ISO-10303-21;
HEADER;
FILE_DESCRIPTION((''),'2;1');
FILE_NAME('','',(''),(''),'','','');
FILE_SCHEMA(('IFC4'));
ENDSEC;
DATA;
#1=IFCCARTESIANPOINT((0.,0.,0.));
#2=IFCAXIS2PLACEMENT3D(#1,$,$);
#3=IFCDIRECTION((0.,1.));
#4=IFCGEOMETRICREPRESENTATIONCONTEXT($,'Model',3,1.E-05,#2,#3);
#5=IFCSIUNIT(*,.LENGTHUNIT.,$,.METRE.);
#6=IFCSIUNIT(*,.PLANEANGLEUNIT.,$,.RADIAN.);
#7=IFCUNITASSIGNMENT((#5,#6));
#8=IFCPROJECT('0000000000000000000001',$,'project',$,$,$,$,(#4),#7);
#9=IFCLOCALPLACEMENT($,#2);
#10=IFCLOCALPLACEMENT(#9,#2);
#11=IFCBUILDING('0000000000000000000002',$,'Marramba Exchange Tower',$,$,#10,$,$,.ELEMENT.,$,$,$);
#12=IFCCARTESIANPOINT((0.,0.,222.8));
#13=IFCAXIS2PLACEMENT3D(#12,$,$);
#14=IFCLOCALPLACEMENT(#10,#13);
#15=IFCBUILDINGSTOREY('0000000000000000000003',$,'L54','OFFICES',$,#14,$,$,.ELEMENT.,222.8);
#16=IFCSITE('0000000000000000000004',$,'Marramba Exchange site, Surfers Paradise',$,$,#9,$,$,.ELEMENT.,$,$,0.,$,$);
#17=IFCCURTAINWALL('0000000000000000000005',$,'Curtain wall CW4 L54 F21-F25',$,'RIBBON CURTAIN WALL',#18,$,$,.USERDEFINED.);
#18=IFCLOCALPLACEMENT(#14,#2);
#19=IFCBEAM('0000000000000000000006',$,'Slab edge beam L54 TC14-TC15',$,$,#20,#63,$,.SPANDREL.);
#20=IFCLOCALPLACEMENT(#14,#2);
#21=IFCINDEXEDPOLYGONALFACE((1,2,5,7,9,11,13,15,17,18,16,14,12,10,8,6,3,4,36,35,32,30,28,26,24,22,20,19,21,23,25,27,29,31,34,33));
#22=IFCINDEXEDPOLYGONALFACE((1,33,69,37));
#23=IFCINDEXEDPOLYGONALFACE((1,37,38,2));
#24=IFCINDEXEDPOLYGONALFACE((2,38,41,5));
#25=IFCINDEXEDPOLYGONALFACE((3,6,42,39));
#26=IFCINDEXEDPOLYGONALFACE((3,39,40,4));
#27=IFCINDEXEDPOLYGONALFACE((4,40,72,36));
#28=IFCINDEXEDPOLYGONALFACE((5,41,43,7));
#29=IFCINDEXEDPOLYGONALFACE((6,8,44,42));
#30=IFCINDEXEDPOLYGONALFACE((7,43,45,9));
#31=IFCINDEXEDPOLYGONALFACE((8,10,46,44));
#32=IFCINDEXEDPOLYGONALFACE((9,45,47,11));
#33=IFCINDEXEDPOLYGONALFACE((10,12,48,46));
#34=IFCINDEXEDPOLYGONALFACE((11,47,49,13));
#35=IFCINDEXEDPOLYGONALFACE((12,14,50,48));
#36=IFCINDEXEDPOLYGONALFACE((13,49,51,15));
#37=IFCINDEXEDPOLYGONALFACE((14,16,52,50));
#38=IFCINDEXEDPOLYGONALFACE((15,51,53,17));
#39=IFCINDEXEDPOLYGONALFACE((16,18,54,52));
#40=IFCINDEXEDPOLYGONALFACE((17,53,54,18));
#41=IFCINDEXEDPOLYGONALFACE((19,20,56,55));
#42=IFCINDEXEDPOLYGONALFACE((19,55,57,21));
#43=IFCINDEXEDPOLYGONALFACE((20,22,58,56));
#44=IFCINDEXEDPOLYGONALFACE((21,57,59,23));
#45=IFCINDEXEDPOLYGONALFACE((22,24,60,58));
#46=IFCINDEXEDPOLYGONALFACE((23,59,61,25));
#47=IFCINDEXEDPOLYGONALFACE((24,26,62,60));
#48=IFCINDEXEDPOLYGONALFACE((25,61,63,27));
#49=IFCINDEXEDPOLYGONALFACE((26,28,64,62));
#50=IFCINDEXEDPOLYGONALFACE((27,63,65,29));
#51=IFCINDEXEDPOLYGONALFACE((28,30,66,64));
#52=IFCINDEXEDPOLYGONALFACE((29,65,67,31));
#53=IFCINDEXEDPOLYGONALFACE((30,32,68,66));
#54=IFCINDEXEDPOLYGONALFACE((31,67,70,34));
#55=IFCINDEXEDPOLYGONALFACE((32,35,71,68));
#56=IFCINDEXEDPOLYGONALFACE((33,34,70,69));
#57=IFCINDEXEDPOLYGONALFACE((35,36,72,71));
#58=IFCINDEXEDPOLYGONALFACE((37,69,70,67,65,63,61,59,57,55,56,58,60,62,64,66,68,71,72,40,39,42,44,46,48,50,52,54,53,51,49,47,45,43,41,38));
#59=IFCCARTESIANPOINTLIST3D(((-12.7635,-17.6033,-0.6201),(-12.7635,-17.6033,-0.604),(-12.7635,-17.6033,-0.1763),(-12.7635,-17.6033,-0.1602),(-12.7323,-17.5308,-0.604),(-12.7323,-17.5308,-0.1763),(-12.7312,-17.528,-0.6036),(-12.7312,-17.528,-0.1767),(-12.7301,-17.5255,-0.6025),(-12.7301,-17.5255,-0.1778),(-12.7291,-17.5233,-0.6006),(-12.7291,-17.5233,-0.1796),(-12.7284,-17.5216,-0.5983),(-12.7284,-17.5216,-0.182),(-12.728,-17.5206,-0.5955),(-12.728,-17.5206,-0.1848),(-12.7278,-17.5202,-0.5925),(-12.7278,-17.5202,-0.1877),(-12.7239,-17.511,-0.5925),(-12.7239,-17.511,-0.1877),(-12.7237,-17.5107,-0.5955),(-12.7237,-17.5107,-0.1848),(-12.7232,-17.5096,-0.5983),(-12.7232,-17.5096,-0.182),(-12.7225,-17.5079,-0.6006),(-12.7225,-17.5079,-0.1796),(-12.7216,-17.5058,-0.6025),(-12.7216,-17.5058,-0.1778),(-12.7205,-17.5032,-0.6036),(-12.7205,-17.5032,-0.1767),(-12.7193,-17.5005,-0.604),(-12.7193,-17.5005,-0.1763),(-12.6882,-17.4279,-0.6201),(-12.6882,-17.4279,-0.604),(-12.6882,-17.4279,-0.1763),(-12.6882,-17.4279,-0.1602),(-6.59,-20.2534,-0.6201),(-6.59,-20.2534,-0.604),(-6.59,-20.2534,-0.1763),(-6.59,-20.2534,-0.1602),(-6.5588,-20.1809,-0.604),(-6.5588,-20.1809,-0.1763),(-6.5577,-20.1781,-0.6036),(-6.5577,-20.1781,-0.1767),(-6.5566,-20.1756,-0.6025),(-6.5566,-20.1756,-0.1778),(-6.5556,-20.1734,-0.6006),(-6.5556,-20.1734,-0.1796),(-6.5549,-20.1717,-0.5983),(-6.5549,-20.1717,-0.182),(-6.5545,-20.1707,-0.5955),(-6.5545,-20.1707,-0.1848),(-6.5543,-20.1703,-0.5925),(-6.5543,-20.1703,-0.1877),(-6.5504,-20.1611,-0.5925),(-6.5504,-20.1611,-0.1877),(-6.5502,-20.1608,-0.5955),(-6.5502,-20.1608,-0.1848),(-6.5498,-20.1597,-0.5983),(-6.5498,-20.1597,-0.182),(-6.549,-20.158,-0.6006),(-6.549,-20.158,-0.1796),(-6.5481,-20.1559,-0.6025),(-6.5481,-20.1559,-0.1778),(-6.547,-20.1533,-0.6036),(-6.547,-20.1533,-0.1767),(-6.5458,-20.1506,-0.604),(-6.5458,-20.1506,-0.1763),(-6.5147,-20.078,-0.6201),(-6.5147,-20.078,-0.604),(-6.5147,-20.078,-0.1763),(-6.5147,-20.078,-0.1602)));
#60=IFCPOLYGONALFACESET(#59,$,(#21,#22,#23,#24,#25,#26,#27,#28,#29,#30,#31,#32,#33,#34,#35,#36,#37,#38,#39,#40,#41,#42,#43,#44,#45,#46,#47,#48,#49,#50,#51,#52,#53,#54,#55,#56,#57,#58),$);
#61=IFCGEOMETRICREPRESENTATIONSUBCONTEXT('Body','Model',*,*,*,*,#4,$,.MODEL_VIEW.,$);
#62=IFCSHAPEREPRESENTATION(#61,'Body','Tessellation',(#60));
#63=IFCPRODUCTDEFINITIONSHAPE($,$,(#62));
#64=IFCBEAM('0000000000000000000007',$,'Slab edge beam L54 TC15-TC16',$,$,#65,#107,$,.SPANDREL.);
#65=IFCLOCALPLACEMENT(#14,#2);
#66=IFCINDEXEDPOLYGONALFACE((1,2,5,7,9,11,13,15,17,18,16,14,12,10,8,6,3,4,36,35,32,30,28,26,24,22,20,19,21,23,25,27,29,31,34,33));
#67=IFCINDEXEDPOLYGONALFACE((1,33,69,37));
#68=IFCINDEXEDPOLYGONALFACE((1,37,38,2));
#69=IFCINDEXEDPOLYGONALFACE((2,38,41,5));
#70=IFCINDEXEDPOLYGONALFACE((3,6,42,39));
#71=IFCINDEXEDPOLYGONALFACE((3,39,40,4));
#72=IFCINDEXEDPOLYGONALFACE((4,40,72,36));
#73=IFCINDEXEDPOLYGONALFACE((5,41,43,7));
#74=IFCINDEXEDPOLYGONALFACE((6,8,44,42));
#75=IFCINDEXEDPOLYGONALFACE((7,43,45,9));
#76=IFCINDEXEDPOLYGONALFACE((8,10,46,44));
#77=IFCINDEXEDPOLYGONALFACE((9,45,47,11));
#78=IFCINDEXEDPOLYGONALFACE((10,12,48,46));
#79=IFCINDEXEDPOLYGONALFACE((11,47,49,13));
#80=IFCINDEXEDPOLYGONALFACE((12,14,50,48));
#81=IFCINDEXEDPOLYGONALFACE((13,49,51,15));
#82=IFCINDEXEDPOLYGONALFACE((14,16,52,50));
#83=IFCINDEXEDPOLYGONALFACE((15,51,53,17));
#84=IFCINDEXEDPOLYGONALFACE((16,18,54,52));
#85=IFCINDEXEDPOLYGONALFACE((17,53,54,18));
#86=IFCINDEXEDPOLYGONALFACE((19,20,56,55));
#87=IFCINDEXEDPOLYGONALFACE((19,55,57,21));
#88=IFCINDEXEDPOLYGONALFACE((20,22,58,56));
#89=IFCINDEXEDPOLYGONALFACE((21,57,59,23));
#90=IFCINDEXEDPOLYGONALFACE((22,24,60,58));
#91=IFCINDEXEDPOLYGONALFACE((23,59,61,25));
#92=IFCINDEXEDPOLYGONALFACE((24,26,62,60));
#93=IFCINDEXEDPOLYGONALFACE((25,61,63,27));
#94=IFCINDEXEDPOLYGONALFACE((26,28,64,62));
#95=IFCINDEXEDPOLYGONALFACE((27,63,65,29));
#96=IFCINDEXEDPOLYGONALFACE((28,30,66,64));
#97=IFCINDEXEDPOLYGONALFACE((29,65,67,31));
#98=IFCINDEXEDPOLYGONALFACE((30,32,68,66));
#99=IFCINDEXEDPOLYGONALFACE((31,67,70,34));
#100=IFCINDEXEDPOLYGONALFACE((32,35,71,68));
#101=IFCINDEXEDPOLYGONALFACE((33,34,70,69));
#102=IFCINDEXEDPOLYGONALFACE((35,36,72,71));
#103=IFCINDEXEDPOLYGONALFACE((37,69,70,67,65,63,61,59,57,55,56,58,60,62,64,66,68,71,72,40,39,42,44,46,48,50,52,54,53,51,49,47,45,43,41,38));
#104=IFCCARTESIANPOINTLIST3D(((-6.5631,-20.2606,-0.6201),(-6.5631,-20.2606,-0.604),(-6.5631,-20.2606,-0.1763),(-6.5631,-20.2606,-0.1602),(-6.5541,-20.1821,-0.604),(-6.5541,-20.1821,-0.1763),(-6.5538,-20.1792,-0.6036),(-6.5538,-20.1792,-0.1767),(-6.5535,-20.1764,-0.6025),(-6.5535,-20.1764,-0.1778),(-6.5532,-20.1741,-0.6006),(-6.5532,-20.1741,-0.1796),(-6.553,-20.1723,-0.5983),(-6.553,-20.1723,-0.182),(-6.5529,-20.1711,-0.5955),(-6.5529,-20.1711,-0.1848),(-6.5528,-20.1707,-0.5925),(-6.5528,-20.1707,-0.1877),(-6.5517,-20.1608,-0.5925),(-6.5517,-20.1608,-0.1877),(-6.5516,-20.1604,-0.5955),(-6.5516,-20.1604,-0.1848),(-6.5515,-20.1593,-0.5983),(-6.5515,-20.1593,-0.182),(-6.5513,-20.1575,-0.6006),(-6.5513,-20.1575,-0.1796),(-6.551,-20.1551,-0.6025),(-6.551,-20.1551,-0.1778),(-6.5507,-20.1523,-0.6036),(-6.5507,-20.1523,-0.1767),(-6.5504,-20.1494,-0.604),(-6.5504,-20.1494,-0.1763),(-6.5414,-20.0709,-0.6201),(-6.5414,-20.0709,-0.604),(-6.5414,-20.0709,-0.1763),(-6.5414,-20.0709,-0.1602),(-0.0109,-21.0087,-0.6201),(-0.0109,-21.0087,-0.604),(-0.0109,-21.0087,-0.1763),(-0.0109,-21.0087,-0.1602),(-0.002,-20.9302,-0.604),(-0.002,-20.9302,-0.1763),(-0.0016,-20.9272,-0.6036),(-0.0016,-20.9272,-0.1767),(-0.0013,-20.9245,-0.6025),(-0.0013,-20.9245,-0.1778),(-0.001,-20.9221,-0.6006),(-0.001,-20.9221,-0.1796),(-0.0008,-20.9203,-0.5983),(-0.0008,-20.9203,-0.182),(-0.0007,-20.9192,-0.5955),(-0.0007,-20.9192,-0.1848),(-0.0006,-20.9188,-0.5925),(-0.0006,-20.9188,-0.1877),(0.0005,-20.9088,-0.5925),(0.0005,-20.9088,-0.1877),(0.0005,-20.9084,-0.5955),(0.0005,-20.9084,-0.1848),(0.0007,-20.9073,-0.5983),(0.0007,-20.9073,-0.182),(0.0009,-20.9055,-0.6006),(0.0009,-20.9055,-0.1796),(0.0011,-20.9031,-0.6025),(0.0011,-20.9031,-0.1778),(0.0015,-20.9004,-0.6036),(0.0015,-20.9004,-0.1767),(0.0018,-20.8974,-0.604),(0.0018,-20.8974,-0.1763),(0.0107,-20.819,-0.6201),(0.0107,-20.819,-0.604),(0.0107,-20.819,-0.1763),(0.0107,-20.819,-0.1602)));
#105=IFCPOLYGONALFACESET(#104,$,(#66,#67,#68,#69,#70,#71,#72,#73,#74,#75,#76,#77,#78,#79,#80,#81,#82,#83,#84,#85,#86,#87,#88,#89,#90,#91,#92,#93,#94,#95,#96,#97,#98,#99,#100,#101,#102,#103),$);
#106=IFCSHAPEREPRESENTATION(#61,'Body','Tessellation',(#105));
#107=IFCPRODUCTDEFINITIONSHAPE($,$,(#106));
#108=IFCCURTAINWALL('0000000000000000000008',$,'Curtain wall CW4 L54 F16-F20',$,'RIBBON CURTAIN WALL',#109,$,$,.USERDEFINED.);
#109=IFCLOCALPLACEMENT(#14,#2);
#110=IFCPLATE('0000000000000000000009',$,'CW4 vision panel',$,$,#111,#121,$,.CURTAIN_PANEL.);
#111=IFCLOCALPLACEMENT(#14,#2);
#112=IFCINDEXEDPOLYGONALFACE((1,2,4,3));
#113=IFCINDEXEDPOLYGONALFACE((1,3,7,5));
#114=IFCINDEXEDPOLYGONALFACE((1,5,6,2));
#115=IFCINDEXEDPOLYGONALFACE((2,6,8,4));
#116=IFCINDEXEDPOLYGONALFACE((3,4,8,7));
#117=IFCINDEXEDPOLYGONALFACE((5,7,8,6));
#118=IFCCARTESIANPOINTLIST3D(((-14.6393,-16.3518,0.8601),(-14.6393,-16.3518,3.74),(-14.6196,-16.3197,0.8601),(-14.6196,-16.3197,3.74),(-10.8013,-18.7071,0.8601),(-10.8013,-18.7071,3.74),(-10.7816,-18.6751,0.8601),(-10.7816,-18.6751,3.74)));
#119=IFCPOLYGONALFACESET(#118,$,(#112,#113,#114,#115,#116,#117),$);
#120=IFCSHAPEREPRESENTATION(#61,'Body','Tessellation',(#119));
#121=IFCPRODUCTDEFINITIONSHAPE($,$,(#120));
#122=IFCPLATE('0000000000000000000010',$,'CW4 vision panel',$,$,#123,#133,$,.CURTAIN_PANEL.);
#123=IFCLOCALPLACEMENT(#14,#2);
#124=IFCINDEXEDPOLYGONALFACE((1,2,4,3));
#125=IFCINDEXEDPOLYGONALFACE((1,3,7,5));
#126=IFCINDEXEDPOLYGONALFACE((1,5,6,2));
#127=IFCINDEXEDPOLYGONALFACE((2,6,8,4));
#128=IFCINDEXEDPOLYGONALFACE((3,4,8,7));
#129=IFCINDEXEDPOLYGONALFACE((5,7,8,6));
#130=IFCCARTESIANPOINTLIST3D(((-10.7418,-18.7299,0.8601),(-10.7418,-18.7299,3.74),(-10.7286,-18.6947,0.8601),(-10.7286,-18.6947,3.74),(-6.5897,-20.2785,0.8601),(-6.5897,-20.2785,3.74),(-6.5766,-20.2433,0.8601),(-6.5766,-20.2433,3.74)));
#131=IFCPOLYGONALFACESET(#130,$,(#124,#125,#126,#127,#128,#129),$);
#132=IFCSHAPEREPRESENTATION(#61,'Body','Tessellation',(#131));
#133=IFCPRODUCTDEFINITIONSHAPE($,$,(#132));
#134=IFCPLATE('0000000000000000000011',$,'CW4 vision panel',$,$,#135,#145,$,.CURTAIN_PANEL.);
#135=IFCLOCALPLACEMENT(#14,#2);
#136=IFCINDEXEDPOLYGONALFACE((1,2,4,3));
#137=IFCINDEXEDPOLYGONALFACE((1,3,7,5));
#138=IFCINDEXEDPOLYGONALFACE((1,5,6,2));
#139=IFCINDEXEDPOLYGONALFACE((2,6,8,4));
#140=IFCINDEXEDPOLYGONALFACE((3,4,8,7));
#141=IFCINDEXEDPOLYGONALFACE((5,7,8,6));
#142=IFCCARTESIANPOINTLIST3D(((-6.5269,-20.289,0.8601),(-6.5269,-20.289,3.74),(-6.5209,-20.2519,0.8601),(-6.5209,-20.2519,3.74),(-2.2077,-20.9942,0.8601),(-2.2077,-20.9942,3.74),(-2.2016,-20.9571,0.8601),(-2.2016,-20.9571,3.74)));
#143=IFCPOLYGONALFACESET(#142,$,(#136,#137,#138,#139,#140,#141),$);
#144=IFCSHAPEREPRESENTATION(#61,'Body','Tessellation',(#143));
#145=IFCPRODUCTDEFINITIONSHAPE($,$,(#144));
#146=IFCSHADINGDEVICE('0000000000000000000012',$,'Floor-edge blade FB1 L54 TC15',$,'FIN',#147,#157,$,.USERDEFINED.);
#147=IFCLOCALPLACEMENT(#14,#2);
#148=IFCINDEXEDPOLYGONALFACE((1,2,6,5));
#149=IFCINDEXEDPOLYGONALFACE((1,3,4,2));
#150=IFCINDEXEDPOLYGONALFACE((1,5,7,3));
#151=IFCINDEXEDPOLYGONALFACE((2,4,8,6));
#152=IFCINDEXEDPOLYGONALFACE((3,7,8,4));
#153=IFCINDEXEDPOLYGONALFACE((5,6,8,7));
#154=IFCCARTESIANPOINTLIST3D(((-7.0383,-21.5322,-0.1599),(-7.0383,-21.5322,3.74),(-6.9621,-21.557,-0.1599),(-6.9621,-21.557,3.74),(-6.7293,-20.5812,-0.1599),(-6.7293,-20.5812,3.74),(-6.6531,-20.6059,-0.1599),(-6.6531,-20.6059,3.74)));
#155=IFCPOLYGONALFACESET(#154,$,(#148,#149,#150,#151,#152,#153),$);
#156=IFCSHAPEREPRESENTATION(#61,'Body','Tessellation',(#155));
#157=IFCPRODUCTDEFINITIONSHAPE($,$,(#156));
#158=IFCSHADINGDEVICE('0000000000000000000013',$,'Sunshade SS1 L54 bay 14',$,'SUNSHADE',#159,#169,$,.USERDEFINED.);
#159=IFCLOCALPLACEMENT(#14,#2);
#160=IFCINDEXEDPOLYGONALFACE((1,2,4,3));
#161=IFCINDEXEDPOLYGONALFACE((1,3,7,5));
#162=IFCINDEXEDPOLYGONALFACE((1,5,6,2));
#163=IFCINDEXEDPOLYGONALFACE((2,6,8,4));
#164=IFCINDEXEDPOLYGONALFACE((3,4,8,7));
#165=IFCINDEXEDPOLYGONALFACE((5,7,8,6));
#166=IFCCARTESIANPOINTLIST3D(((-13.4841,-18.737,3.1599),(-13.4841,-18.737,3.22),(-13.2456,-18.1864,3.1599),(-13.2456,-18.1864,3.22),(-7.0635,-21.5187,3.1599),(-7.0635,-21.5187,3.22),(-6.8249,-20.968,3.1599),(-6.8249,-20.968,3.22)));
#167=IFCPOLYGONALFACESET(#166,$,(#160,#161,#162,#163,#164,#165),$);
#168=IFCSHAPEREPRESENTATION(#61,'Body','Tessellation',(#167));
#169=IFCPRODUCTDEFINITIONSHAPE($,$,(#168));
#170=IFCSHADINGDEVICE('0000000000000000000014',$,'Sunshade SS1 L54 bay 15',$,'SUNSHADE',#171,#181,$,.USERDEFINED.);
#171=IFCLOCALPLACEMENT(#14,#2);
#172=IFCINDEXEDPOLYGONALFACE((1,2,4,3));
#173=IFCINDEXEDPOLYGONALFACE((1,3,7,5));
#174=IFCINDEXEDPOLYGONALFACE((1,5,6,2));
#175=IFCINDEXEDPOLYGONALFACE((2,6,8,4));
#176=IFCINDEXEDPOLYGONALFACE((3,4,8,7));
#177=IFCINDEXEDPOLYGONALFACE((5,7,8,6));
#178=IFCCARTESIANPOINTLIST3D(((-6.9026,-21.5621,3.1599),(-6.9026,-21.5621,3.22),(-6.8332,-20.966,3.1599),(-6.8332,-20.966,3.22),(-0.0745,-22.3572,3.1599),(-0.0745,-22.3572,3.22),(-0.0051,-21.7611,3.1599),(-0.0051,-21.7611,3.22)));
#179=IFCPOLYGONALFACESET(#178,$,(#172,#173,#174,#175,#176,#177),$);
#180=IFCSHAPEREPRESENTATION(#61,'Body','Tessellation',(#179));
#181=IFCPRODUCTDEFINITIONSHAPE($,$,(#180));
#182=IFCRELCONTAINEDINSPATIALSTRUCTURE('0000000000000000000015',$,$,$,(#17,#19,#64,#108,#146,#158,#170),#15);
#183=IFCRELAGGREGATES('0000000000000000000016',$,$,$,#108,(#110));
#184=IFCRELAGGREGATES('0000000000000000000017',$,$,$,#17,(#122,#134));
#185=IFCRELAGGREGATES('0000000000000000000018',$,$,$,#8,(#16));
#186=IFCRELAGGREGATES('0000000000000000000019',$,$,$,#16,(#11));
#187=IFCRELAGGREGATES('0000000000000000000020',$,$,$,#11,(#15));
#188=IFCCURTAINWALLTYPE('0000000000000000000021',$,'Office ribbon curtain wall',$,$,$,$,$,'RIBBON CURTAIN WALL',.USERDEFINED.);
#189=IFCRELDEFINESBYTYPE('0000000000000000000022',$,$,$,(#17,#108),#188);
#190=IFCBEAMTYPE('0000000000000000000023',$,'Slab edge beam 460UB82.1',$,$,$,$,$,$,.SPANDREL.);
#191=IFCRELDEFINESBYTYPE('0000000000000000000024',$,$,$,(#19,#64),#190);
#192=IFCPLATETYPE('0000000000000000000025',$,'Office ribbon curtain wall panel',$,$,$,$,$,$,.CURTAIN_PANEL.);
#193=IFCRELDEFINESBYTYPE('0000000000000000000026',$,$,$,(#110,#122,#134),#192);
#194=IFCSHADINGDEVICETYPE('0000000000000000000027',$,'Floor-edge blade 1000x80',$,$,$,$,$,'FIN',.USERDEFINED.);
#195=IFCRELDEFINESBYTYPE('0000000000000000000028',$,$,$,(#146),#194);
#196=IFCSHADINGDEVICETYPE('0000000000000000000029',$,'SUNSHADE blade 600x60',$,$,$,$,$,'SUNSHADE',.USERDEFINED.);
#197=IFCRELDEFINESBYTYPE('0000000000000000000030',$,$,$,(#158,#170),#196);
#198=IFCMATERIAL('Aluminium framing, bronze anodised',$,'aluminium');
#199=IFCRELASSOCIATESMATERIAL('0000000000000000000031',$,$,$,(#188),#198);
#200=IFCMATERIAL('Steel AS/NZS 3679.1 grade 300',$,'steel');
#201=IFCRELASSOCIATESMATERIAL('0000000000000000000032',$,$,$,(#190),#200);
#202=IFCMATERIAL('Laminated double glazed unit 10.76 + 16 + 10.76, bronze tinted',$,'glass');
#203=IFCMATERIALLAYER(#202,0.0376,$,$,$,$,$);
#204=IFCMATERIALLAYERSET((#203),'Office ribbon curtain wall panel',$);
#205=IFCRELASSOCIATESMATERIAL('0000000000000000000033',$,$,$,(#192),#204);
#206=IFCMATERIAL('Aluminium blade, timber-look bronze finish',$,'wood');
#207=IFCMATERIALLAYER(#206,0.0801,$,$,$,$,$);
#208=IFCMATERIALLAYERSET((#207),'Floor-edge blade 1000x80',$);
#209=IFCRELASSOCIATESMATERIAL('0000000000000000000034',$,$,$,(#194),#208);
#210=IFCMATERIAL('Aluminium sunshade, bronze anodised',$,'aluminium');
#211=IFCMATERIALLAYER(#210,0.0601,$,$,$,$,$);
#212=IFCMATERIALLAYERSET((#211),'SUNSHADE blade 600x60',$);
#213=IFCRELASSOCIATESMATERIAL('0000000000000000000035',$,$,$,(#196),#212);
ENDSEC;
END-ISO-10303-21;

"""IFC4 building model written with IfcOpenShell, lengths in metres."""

from ifc_helpers import new_model, si_unit, direction, frame, origin, origin_2d, place, context, subcontext, project, spatial, rectangle, i_section, extrude, material, layer, layer_set, material_profile, profile_set, type_object, element, aggregate, save


model = new_model("IFC4")

# Units and contexts
model_context = context("Model", 3, precision=1e-05, world=origin(), true_north=direction((0.0, 1.0)))
body_context = subcontext(model_context, "Body", "Model", "MODEL_VIEW")
ifc_project = project(units=[si_unit("LENGTHUNIT", "METRE"), si_unit("PLANEANGLEUNIT", "RADIAN")], contexts=[model_context])

# Site, building, storey
site_placement = place(None, origin())
site = spatial("IfcSite", under=ifc_project, at=site_placement, Name="Marramba Exchange site, Surfers Paradise", CompositionType="ELEMENT", RefElevation=0.0)
building_placement = place(site_placement, origin())
building = spatial("IfcBuilding", under=site, at=building_placement, Name="Marramba Exchange Tower", CompositionType="ELEMENT")
storey_placement = place(building_placement, frame((0.0, 0.0, 222.8)))
storey = spatial("IfcBuildingStorey", under=building, at=storey_placement, Name="L54", Description="OFFICES", CompositionType="ELEMENT", Elevation=222.8)

# Curtain wall
ifc_material_1 = material(Name="Aluminium framing, bronze anodised", Category="aluminium")
curtain_wall_type = type_object("IfcCurtainWallType", Name="Office ribbon curtain wall", ElementType="RIBBON CURTAIN WALL", PredefinedType="USERDEFINED", material=ifc_material_1)
curtain_wall_1_placement = place(storey_placement, origin())
curtain_wall_1 = element("IfcCurtainWall", 1, at=curtain_wall_1_placement, inside=storey, type_object=curtain_wall_type, Name="Curtain wall CW4 L54 F21-F25", ObjectType="RIBBON CURTAIN WALL", PredefinedType="USERDEFINED")

# Beams
ifc_material_2 = material(Name="Steel AS/NZS 3679.1 grade 300", Category="steel")
ifc_material_profile_1 = material_profile(ifc_material_2, i_section(OverallWidth=0.1909, OverallDepth=0.46, WebThickness=0.01, FlangeThickness=0.0161, FilletRadius=0.0115, at=origin_2d()), Name="460UB82.1")
ifc_profile_set_1 = profile_set([ifc_material_profile_1], Name="Steel AS/NZS 3679.1 grade 300")
beam_type_1 = type_object("IfcBeamType", Name="Slab edge beam 460UB82.1", PredefinedType="SPANDREL", material=ifc_profile_set_1)
beam_1_placement = place(storey_placement, frame((-12.7258, -17.5156, -0.3901), z_axis=(0.918912, -0.394463, 0.0), x_axis=(0.394463, 0.918912, 0.0)))
element("IfcBeam", 2, at=beam_1_placement, inside=storey, type_object=beam_type_1, Name="Slab edge beam L54 TC14-TC15", PredefinedType="SPANDREL", context=body_context, shape_type="SweptSolid", body=[
    extrude(i_section(OverallWidth=0.1909, OverallDepth=0.46, WebThickness=0.01, FlangeThickness=0.0161, FilletRadius=0.0115, at=origin_2d()), origin(), (0.0, 0.0, 1.0), 6.7183),
])
beam_2_placement = place(storey_placement, frame((-6.5522, -20.1658, -0.3901), z_axis=(0.993546, -0.11343, 0.0), x_axis=(0.11343, 0.993546, 0.0)))
element("IfcBeam", 3, at=beam_2_placement, inside=storey, type_object=beam_type_1, Name="Slab edge beam L54 TC15-TC16", PredefinedType="SPANDREL", context=body_context, shape_type="SweptSolid", body=[
    extrude(i_section(OverallWidth=0.1909, OverallDepth=0.46, WebThickness=0.01, FlangeThickness=0.0161, FilletRadius=0.0115, at=origin_2d()), origin(), (0.0, 0.0, 1.0), 6.5947),
])

# Curtain wall, plate
curtain_wall_2_placement = place(storey_placement, origin())
curtain_wall_2 = element("IfcCurtainWall", 4, at=curtain_wall_2_placement, inside=storey, type_object=curtain_wall_type, Name="Curtain wall CW4 L54 F16-F20", ObjectType="RIBBON CURTAIN WALL", PredefinedType="USERDEFINED")
ifc_material_3 = material(Name="Laminated double glazed unit 10.76 + 16 + 10.76, bronze tinted", Category="glass")
ifc_layer_1 = layer(ifc_material_3, 0.0376)
ifc_layer_set_1 = layer_set([ifc_layer_1], Name="Office ribbon curtain wall panel")
plate_type = type_object("IfcPlateType", Name="Office ribbon curtain wall panel", PredefinedType="CURTAIN_PANEL", material=ifc_layer_set_1)
plate_1_placement = place(storey_placement, frame((-12.7104, -17.5134, 0.8601), z_axis=(0.0, 0.0, 1.0), x_axis=(0.852301, -0.523052, 0.0)))
plate_1 = element("IfcPlate", 5, at=plate_1_placement, type_object=plate_type, Name="CW4 vision panel", PredefinedType="CURTAIN_PANEL", context=body_context, shape_type="SweptSolid", body=[
    extrude(rectangle(XDim=4.5032, YDim=0.0376, at=origin_2d()), origin(), (0.0, 0.0, 1.0), 2.8799),
])
aggregate(curtain_wall_2, [plate_1])

# Plates
plate_2_placement = place(storey_placement, frame((-8.6592, -19.4866, 0.8601), z_axis=(0.0, 0.0, 1.0), x_axis=(0.936952, -0.349459, 0.0)))
plate_2 = element("IfcPlate", 6, at=plate_2_placement, type_object=plate_type, Name="CW4 vision panel", PredefinedType="CURTAIN_PANEL", context=body_context, shape_type="SweptSolid", body=[
    extrude(rectangle(XDim=4.4314, YDim=0.0376, at=origin_2d()), origin(), (0.0, 0.0, 1.0), 2.8799),
])
plate_3_placement = place(storey_placement, frame((-4.3643, -20.623, 0.8601), z_axis=(0.0, 0.0, 1.0), x_axis=(0.986931, -0.161146, 0.0)))
plate_3 = element("IfcPlate", 7, at=plate_3_placement, type_object=plate_type, Name="CW4 vision panel", PredefinedType="CURTAIN_PANEL", context=body_context, shape_type="SweptSolid", body=[
    extrude(rectangle(XDim=4.3765, YDim=0.0376, at=origin_2d()), origin(), (0.0, 0.0, 1.0), 2.8799),
])
aggregate(curtain_wall_1, [plate_2, plate_3])

# Shading devices
ifc_material_4 = material(Name="Aluminium blade, timber-look bronze finish", Category="wood")
ifc_layer_2 = layer(ifc_material_4, 0.0801)
ifc_layer_set_2 = layer_set([ifc_layer_2], Name="Floor-edge blade 1000x80")
shading_device_type_1 = type_object("IfcShadingDeviceType", Name="Floor-edge blade 1000x80", ElementType="FIN", PredefinedType="USERDEFINED", material=ifc_layer_set_2)
shading_device_1_placement = place(storey_placement, frame((-6.8457, -21.0691, -0.1599), z_axis=(0.0, 0.0, 1.0), x_axis=(-0.309017, -0.951057, 0.0)))
element("IfcShadingDevice", 8, at=shading_device_1_placement, inside=storey, type_object=shading_device_type_1, Name="Floor-edge blade FB1 L54 TC15", ObjectType="FIN", PredefinedType="USERDEFINED", context=body_context, shape_type="SweptSolid", body=[
    extrude(rectangle(XDim=1.0, YDim=0.0801, at=origin_2d()), origin(), (0.0, 0.0, 1.0), 3.8999),
])
ifc_material_5 = material(Name="Aluminium sunshade, bronze anodised", Category="aluminium")
ifc_layer_3 = layer(ifc_material_5, 0.0601)
ifc_layer_set_3 = layer_set([ifc_layer_3], Name="SUNSHADE blade 600x60")
shading_device_type_2 = type_object("IfcShadingDeviceType", Name="SUNSHADE blade 600x60", ElementType="SUNSHADE", PredefinedType="USERDEFINED", material=ifc_layer_set_3)
shading_device_2_placement = place(storey_placement, frame((-10.1545, -19.8525, 3.1599), z_axis=(0.0, 0.0, 1.0), x_axis=(0.917589, -0.39753, 0.0)))
element("IfcShadingDevice", 9, at=shading_device_2_placement, inside=storey, type_object=shading_device_type_2, Name="Sunshade SS1 L54 bay 14", ObjectType="SUNSHADE", PredefinedType="USERDEFINED", context=body_context, shape_type="SweptSolid", body=[
    extrude(rectangle(XDim=6.9973, YDim=0.6001, at=origin_2d()), origin(), (0.0, 0.0, 1.0), 0.0601),
])
shading_device_3_placement = place(storey_placement, frame((-3.4539, -21.6616, 3.1599), z_axis=(0.0, 0.0, 1.0), x_axis=(0.993288, -0.115665, 0.0)))
element("IfcShadingDevice", 10, at=shading_device_3_placement, inside=storey, type_object=shading_device_type_2, Name="Sunshade SS1 L54 bay 15", ObjectType="SUNSHADE", PredefinedType="USERDEFINED", context=body_context, shape_type="SweptSolid", body=[
    extrude(rectangle(XDim=6.8743, YDim=0.6001, at=origin_2d()), origin(), (0.0, 0.0, 1.0), 0.0601),
])

save(model, "model.ifc")
